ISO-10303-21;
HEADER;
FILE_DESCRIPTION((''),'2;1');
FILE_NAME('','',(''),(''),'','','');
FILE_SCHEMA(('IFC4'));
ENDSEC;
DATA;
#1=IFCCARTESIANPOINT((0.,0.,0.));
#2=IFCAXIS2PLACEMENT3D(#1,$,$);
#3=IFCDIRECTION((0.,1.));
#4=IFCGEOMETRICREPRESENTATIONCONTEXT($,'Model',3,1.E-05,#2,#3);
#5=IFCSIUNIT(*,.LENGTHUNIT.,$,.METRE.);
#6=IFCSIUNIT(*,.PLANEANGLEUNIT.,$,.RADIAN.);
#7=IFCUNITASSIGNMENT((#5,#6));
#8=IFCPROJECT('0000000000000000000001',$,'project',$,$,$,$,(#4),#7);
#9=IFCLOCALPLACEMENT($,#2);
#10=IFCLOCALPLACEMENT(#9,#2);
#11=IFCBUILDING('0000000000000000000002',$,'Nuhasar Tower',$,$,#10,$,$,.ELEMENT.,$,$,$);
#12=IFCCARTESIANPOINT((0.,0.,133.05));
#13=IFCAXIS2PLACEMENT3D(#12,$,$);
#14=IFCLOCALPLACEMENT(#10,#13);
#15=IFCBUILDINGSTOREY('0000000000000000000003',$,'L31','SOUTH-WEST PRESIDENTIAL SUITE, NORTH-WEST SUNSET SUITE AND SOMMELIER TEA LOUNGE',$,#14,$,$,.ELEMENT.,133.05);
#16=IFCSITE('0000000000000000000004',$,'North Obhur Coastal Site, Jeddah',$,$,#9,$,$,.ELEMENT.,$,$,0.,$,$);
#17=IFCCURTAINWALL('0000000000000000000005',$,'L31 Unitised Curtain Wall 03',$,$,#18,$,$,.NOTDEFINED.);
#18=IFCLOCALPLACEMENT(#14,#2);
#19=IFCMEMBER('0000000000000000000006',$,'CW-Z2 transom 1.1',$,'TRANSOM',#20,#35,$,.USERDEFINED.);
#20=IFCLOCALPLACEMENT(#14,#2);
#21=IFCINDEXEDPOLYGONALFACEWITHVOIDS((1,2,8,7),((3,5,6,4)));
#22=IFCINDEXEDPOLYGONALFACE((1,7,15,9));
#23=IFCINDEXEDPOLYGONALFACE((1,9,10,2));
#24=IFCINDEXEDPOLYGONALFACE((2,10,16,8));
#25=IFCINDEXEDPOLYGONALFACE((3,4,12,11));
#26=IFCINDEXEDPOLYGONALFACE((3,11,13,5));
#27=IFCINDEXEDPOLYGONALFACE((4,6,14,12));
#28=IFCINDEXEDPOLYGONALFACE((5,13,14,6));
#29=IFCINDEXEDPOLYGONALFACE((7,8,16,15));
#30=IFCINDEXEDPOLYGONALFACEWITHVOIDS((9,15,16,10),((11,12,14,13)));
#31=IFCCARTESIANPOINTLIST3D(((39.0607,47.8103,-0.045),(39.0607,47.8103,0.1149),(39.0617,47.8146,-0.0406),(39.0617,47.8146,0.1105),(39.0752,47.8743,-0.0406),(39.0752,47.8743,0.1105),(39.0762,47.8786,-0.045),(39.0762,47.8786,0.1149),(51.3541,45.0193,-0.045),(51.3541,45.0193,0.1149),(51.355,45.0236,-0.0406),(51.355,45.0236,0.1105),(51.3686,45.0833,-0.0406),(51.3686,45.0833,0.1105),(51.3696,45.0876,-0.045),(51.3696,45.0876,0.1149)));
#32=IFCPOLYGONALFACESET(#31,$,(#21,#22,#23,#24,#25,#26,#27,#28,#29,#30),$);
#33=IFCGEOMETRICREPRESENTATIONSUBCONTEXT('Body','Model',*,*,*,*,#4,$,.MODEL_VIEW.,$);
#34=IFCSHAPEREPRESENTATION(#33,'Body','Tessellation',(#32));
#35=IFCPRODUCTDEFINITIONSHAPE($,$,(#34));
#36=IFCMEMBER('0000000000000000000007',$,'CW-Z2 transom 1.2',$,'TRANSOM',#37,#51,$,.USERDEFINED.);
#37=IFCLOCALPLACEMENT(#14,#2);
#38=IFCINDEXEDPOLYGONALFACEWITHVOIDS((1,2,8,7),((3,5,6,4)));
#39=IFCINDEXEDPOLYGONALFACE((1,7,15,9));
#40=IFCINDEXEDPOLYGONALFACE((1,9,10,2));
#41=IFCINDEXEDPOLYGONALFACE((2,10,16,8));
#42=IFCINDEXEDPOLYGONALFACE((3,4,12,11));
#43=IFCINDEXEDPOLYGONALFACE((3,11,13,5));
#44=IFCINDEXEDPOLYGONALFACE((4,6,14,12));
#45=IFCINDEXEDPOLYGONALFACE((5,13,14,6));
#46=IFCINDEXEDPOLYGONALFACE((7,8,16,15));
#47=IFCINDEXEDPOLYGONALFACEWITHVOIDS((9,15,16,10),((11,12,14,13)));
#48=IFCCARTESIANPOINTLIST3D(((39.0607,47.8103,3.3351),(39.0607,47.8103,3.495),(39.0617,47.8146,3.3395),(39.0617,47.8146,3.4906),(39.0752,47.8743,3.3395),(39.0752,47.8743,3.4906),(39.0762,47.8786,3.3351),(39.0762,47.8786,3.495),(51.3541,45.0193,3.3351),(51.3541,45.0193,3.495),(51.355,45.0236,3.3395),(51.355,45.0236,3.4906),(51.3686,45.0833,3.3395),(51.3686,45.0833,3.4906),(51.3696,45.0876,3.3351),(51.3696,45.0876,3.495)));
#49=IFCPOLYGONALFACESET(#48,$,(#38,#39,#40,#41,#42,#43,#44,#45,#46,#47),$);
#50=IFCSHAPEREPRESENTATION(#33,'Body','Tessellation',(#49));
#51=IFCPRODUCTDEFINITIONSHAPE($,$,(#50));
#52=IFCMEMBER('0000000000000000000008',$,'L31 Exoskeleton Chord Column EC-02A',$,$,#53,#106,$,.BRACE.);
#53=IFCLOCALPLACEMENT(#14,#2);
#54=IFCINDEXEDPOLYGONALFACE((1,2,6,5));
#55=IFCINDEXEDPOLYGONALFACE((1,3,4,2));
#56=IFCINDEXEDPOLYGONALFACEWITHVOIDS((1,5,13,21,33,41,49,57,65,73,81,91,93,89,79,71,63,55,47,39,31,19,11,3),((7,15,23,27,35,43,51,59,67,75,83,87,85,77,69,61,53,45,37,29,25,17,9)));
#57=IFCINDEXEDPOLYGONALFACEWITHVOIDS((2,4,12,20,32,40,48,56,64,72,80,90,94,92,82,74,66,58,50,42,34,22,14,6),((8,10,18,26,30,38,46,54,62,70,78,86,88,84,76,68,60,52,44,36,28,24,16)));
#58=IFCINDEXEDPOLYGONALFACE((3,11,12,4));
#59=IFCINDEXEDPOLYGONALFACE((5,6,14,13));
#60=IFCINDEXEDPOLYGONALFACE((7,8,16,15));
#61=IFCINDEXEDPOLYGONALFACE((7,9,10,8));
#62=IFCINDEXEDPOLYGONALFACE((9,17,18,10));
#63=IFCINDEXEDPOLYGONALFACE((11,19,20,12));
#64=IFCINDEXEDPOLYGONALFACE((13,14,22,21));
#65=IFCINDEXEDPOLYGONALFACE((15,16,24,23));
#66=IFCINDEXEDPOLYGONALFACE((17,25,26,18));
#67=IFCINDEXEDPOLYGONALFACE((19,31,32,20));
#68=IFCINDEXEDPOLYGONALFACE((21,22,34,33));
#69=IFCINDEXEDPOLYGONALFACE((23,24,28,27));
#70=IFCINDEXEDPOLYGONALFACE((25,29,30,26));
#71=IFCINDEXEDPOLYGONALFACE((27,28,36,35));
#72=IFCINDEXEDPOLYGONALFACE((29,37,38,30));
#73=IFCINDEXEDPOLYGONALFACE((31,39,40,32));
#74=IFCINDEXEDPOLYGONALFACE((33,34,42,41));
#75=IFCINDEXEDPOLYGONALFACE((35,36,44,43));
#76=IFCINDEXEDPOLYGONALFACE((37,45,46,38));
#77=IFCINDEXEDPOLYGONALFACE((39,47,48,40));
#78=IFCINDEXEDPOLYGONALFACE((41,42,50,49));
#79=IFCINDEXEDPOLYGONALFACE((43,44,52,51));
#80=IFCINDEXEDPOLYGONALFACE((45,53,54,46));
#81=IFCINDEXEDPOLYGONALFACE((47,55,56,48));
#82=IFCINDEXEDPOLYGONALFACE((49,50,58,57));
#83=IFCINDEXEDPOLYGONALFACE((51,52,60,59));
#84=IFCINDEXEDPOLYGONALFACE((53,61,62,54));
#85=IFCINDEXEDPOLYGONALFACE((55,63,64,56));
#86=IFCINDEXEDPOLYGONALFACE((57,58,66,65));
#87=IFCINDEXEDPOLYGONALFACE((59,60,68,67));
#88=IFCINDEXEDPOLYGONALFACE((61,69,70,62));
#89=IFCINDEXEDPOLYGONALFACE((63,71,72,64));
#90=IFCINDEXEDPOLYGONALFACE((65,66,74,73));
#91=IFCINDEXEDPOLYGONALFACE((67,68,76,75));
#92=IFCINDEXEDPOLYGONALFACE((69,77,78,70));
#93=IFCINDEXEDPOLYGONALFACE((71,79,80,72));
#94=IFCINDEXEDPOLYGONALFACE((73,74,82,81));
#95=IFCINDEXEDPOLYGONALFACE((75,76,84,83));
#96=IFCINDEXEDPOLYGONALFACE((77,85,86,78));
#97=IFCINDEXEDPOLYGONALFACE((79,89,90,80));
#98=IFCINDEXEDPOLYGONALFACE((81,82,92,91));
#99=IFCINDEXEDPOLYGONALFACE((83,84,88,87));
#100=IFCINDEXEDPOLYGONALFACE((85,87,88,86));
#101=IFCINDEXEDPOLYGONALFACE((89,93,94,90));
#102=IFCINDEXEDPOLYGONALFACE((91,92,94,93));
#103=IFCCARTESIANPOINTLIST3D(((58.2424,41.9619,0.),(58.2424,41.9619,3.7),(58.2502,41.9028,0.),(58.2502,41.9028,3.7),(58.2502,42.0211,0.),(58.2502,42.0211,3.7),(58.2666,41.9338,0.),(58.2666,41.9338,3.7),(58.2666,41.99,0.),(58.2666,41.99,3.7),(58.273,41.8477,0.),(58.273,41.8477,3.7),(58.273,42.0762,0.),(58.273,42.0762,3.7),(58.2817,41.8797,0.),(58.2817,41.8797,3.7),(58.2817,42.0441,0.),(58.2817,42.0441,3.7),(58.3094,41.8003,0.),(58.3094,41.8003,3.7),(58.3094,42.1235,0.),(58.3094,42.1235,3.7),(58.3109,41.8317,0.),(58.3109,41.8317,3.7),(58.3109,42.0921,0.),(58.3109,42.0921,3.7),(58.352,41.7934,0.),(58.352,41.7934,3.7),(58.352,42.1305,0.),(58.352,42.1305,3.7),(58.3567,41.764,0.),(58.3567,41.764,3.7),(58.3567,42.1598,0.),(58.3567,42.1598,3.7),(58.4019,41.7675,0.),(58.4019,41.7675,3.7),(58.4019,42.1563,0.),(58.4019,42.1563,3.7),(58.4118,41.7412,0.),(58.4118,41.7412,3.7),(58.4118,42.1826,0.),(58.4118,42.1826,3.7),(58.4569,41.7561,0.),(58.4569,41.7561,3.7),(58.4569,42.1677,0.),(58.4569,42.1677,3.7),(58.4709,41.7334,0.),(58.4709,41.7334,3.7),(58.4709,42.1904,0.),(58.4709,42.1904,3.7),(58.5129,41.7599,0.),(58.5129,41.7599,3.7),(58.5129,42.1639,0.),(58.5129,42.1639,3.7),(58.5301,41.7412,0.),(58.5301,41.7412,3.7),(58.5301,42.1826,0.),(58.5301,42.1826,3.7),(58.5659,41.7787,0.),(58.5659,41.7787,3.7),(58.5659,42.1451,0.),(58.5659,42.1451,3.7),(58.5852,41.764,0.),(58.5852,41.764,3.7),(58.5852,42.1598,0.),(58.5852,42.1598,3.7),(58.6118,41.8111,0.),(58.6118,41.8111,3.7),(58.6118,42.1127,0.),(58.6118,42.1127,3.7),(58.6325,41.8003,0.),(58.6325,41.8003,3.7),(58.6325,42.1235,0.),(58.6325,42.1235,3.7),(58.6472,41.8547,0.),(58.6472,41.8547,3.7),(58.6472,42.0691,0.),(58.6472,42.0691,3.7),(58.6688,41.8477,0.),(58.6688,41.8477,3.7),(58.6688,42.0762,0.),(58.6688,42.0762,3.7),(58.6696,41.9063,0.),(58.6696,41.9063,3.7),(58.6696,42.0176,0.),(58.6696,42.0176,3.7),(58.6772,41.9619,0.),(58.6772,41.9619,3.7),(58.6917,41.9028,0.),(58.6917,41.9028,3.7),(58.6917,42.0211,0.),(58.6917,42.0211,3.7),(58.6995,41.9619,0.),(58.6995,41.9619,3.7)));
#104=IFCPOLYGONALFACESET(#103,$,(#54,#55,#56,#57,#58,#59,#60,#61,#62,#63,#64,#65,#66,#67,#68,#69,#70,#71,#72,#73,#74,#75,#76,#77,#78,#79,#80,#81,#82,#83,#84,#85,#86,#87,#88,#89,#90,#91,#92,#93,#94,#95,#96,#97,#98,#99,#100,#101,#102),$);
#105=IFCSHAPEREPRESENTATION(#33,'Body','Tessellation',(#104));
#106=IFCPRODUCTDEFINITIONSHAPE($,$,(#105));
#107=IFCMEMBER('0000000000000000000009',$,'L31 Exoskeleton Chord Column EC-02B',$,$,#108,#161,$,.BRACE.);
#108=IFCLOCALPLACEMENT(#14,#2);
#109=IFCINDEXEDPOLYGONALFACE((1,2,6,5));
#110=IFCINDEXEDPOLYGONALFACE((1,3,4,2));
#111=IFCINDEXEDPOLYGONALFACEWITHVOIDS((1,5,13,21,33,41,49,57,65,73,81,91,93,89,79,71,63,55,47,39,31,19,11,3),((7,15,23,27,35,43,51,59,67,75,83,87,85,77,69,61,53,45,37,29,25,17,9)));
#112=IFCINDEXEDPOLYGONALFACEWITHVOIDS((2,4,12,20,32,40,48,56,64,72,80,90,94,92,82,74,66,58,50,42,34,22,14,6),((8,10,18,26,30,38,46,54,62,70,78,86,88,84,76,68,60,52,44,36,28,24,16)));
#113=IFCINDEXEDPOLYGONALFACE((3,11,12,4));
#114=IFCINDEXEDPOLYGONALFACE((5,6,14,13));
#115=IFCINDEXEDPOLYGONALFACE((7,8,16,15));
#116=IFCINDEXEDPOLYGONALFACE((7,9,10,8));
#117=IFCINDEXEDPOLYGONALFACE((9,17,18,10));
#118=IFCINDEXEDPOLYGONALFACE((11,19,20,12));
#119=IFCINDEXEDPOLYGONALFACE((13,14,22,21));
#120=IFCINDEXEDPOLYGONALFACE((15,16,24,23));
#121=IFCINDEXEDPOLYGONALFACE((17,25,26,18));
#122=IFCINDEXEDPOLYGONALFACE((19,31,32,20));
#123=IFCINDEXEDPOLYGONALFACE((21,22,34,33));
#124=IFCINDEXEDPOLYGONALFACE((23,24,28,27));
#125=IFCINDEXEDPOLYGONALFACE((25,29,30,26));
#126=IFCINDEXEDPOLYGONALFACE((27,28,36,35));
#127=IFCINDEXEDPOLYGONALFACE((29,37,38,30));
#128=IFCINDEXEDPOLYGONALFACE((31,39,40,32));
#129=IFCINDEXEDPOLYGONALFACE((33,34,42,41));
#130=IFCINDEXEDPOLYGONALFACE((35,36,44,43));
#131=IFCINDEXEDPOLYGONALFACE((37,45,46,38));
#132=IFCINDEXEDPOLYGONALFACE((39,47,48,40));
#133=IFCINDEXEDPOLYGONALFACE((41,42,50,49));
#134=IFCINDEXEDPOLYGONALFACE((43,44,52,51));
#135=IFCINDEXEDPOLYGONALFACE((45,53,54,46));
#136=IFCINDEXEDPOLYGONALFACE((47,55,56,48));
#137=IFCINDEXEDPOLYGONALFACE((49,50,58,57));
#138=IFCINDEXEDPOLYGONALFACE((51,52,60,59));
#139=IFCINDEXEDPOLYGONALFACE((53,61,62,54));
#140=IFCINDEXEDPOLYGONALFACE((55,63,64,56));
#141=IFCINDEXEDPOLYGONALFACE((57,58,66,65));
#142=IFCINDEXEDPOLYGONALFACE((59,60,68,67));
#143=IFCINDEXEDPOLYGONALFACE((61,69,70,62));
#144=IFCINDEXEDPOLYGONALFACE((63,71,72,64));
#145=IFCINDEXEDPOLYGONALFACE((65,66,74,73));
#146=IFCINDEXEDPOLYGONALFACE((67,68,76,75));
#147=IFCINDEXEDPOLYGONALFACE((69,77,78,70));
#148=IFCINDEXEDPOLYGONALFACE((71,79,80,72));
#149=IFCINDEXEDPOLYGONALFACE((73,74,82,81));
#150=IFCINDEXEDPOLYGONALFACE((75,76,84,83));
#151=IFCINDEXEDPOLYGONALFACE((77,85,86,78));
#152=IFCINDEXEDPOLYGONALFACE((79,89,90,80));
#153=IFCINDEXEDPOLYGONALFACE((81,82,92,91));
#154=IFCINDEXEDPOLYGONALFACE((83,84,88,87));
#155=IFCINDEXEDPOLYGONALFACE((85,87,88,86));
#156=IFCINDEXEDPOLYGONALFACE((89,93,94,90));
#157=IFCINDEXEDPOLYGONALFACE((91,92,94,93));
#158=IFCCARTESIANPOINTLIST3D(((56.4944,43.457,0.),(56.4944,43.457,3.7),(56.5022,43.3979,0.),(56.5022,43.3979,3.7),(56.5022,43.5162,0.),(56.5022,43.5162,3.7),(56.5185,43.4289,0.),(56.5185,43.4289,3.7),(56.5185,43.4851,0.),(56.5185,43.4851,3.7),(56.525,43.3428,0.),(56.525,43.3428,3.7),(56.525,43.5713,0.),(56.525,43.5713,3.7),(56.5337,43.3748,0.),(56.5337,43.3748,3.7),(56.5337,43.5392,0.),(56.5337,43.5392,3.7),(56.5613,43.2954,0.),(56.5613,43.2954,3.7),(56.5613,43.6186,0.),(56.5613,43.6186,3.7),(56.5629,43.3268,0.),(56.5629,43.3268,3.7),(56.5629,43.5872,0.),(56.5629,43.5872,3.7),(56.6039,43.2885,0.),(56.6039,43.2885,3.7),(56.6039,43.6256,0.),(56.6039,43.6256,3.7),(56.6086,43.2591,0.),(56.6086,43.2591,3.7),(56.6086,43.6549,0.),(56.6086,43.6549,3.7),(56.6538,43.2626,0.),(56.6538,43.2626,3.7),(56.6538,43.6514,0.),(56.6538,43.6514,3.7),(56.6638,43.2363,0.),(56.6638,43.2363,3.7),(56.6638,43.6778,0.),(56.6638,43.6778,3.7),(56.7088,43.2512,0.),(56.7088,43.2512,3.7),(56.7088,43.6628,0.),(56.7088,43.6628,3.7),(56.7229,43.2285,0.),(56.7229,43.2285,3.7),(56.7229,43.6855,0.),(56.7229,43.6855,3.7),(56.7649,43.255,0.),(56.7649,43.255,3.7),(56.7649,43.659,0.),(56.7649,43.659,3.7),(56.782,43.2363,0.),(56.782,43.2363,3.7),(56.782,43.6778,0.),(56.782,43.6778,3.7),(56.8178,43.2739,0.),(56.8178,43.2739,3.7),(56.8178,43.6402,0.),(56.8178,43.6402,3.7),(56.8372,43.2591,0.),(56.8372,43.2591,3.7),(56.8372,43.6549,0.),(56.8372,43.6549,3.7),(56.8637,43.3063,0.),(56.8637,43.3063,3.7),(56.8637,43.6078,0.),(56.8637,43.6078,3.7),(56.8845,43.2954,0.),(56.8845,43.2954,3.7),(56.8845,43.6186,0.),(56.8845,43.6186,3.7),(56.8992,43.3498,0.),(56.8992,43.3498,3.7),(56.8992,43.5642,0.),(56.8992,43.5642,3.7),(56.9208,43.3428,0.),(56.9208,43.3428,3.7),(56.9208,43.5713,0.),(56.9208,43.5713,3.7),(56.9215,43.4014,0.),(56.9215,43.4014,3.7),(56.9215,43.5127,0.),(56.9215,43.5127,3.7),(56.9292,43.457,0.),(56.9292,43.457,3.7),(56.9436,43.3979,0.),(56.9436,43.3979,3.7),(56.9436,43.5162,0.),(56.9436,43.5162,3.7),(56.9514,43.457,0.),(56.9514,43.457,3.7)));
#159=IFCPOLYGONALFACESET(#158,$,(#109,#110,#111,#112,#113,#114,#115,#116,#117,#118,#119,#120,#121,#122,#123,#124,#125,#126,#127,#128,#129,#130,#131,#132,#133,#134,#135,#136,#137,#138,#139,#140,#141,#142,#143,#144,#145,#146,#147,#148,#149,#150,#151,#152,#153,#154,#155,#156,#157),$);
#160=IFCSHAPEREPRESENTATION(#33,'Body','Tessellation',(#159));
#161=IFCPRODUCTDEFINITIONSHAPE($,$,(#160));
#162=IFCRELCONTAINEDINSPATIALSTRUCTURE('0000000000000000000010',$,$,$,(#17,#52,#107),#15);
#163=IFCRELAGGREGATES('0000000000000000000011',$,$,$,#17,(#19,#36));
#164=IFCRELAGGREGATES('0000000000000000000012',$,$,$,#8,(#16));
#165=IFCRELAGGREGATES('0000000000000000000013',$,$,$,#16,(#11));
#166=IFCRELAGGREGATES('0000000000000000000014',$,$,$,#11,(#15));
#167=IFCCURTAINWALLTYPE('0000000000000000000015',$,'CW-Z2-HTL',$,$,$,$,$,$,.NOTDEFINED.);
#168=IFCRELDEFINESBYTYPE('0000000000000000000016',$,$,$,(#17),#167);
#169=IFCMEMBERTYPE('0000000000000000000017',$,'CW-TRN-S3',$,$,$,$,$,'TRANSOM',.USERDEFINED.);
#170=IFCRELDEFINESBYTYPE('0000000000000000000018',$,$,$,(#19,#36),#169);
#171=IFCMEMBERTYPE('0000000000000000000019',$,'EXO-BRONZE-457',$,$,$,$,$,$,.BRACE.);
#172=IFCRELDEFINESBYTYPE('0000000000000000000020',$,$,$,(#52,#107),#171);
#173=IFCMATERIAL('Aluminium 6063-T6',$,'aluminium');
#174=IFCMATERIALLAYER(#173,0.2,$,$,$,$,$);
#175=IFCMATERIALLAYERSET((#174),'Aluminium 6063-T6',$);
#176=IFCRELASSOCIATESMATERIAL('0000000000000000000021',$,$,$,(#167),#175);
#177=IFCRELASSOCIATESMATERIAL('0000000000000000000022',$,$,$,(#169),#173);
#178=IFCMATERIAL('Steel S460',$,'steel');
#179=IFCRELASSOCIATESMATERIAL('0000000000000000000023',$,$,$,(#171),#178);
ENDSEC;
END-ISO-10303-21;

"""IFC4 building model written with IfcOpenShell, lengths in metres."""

from ifc_helpers import new_model, si_unit, direction, frame, origin, origin_2d, place, context, subcontext, project, spatial, hollow_rectangle, hollow_circle, extrude, material, layer, layer_set, material_profile, profile_set, type_object, element, aggregate, save


model = new_model("IFC4")

# Units and contexts
model_context = context("Model", 3, precision=1e-05, world=origin(), true_north=direction((0.0, 1.0)))
body_context = subcontext(model_context, "Body", "Model", "MODEL_VIEW")
ifc_project = project(units=[si_unit("LENGTHUNIT", "METRE"), si_unit("PLANEANGLEUNIT", "RADIAN")], contexts=[model_context])

# Site, building, storey
site_placement = place(None, origin())
site = spatial("IfcSite", under=ifc_project, at=site_placement, Name="North Obhur Coastal Site, Jeddah", CompositionType="ELEMENT", RefElevation=0.0)
building_placement = place(site_placement, origin())
building = spatial("IfcBuilding", under=site, at=building_placement, Name="Nuhasar Tower", CompositionType="ELEMENT")
storey_placement = place(building_placement, frame((0.0, 0.0, 133.05)))
storey = spatial("IfcBuildingStorey", under=building, at=storey_placement, Name="L31", Description="SOUTH-WEST PRESIDENTIAL SUITE, NORTH-WEST SUNSET SUITE AND SOMMELIER TEA LOUNGE", CompositionType="ELEMENT", Elevation=133.05)

# Shared definitions
ifc_material_1 = material(Name="Aluminium 6063-T6", Category="aluminium")
ifc_layer_1 = layer(ifc_material_1, 0.2)
ifc_layer_set_1 = layer_set([ifc_layer_1], Name="Aluminium 6063-T6")
curtain_wall_type = type_object("IfcCurtainWallType", Name="CW-Z2-HTL", PredefinedType="NOTDEFINED", material=ifc_layer_set_1)

# Curtain wall
curtain_wall_1_placement = place(storey_placement, origin())
curtain_wall_1 = element("IfcCurtainWall", 1, at=curtain_wall_1_placement, inside=storey, type_object=curtain_wall_type, Name="L31 Unitised Curtain Wall 03", PredefinedType="NOTDEFINED")

# Members
ifc_material_profile_1 = material_profile(ifc_material_1, hollow_rectangle(XDim=0.0701, YDim=0.1599, WallThickness=0.0044, at=origin_2d()), Name="CWT-3")
ifc_profile_set_1 = profile_set([ifc_material_profile_1], Name="Aluminium 6063-T6")
member_type_1 = type_object("IfcMemberType", Name="CW-TRN-S3", ElementType="TRANSOM", PredefinedType="USERDEFINED", material=ifc_profile_set_1)
member_1_placement = place(storey_placement, frame((51.3618, 45.0535, 0.0349), z_axis=(-0.975183, 0.221398, 0.0), x_axis=(-0.221398, -0.975183, 0.0)))
member_1 = element("IfcMember", 2, at=member_1_placement, type_object=member_type_1, Name="CW-Z2 transom 1.1", ObjectType="TRANSOM", PredefinedType="USERDEFINED", context=body_context, shape_type="SweptSolid", body=[
    extrude(hollow_rectangle(XDim=0.0701, YDim=0.1599, WallThickness=0.0044, at=origin_2d()), origin(), (0.0, 0.0, 1.0), 12.6062),
])
member_2_placement = place(storey_placement, frame((51.3618, 45.0535, 3.415), z_axis=(-0.975183, 0.221398, 0.0), x_axis=(-0.221398, -0.975183, 0.0)))
member_2 = element("IfcMember", 3, at=member_2_placement, type_object=member_type_1, Name="CW-Z2 transom 1.2", ObjectType="TRANSOM", PredefinedType="USERDEFINED", context=body_context, shape_type="SweptSolid", body=[
    extrude(hollow_rectangle(XDim=0.0701, YDim=0.1599, WallThickness=0.0044, at=origin_2d()), origin(), (0.0, 0.0, 1.0), 12.6062),
])
aggregate(curtain_wall_1, [member_1, member_2])

# Members
ifc_material_2 = material(Name="Steel S460", Category="steel")
ifc_material_profile_2 = material_profile(ifc_material_2, hollow_circle(Radius=0.2285, WallThickness=0.0222, at=origin_2d()), Name="HSS457X22.2")
ifc_profile_set_2 = profile_set([ifc_material_profile_2], Name="Steel S460")
member_type_2 = type_object("IfcMemberType", Name="EXO-BRONZE-457", PredefinedType="BRACE", material=ifc_profile_set_2)
for number, where, z_axis, x_axis, name in (
    (4, (58.4709, 41.9619, 0.0), (0.0, 0.0, 1.0), (1.0, 0.0, 0.0), "L31 Exoskeleton Chord Column EC-02A"),
    (5, (56.7229, 43.457, 0.0), (0.0, 0.0, 1.0), (1.0, 0.0, 0.0), "L31 Exoskeleton Chord Column EC-02B"),
):
    element("IfcMember", number, at=place(storey_placement, frame(where, z_axis=z_axis, x_axis=x_axis)), inside=storey, type_object=member_type_2, Name=name, PredefinedType="BRACE", context=body_context, shape_type="SweptSolid", body=[
        extrude(hollow_circle(Radius=0.2285, WallThickness=0.0222, at=origin_2d()), origin(), (0.0, 0.0, 1.0), 3.7),
    ])

save(model, "model.ifc")
